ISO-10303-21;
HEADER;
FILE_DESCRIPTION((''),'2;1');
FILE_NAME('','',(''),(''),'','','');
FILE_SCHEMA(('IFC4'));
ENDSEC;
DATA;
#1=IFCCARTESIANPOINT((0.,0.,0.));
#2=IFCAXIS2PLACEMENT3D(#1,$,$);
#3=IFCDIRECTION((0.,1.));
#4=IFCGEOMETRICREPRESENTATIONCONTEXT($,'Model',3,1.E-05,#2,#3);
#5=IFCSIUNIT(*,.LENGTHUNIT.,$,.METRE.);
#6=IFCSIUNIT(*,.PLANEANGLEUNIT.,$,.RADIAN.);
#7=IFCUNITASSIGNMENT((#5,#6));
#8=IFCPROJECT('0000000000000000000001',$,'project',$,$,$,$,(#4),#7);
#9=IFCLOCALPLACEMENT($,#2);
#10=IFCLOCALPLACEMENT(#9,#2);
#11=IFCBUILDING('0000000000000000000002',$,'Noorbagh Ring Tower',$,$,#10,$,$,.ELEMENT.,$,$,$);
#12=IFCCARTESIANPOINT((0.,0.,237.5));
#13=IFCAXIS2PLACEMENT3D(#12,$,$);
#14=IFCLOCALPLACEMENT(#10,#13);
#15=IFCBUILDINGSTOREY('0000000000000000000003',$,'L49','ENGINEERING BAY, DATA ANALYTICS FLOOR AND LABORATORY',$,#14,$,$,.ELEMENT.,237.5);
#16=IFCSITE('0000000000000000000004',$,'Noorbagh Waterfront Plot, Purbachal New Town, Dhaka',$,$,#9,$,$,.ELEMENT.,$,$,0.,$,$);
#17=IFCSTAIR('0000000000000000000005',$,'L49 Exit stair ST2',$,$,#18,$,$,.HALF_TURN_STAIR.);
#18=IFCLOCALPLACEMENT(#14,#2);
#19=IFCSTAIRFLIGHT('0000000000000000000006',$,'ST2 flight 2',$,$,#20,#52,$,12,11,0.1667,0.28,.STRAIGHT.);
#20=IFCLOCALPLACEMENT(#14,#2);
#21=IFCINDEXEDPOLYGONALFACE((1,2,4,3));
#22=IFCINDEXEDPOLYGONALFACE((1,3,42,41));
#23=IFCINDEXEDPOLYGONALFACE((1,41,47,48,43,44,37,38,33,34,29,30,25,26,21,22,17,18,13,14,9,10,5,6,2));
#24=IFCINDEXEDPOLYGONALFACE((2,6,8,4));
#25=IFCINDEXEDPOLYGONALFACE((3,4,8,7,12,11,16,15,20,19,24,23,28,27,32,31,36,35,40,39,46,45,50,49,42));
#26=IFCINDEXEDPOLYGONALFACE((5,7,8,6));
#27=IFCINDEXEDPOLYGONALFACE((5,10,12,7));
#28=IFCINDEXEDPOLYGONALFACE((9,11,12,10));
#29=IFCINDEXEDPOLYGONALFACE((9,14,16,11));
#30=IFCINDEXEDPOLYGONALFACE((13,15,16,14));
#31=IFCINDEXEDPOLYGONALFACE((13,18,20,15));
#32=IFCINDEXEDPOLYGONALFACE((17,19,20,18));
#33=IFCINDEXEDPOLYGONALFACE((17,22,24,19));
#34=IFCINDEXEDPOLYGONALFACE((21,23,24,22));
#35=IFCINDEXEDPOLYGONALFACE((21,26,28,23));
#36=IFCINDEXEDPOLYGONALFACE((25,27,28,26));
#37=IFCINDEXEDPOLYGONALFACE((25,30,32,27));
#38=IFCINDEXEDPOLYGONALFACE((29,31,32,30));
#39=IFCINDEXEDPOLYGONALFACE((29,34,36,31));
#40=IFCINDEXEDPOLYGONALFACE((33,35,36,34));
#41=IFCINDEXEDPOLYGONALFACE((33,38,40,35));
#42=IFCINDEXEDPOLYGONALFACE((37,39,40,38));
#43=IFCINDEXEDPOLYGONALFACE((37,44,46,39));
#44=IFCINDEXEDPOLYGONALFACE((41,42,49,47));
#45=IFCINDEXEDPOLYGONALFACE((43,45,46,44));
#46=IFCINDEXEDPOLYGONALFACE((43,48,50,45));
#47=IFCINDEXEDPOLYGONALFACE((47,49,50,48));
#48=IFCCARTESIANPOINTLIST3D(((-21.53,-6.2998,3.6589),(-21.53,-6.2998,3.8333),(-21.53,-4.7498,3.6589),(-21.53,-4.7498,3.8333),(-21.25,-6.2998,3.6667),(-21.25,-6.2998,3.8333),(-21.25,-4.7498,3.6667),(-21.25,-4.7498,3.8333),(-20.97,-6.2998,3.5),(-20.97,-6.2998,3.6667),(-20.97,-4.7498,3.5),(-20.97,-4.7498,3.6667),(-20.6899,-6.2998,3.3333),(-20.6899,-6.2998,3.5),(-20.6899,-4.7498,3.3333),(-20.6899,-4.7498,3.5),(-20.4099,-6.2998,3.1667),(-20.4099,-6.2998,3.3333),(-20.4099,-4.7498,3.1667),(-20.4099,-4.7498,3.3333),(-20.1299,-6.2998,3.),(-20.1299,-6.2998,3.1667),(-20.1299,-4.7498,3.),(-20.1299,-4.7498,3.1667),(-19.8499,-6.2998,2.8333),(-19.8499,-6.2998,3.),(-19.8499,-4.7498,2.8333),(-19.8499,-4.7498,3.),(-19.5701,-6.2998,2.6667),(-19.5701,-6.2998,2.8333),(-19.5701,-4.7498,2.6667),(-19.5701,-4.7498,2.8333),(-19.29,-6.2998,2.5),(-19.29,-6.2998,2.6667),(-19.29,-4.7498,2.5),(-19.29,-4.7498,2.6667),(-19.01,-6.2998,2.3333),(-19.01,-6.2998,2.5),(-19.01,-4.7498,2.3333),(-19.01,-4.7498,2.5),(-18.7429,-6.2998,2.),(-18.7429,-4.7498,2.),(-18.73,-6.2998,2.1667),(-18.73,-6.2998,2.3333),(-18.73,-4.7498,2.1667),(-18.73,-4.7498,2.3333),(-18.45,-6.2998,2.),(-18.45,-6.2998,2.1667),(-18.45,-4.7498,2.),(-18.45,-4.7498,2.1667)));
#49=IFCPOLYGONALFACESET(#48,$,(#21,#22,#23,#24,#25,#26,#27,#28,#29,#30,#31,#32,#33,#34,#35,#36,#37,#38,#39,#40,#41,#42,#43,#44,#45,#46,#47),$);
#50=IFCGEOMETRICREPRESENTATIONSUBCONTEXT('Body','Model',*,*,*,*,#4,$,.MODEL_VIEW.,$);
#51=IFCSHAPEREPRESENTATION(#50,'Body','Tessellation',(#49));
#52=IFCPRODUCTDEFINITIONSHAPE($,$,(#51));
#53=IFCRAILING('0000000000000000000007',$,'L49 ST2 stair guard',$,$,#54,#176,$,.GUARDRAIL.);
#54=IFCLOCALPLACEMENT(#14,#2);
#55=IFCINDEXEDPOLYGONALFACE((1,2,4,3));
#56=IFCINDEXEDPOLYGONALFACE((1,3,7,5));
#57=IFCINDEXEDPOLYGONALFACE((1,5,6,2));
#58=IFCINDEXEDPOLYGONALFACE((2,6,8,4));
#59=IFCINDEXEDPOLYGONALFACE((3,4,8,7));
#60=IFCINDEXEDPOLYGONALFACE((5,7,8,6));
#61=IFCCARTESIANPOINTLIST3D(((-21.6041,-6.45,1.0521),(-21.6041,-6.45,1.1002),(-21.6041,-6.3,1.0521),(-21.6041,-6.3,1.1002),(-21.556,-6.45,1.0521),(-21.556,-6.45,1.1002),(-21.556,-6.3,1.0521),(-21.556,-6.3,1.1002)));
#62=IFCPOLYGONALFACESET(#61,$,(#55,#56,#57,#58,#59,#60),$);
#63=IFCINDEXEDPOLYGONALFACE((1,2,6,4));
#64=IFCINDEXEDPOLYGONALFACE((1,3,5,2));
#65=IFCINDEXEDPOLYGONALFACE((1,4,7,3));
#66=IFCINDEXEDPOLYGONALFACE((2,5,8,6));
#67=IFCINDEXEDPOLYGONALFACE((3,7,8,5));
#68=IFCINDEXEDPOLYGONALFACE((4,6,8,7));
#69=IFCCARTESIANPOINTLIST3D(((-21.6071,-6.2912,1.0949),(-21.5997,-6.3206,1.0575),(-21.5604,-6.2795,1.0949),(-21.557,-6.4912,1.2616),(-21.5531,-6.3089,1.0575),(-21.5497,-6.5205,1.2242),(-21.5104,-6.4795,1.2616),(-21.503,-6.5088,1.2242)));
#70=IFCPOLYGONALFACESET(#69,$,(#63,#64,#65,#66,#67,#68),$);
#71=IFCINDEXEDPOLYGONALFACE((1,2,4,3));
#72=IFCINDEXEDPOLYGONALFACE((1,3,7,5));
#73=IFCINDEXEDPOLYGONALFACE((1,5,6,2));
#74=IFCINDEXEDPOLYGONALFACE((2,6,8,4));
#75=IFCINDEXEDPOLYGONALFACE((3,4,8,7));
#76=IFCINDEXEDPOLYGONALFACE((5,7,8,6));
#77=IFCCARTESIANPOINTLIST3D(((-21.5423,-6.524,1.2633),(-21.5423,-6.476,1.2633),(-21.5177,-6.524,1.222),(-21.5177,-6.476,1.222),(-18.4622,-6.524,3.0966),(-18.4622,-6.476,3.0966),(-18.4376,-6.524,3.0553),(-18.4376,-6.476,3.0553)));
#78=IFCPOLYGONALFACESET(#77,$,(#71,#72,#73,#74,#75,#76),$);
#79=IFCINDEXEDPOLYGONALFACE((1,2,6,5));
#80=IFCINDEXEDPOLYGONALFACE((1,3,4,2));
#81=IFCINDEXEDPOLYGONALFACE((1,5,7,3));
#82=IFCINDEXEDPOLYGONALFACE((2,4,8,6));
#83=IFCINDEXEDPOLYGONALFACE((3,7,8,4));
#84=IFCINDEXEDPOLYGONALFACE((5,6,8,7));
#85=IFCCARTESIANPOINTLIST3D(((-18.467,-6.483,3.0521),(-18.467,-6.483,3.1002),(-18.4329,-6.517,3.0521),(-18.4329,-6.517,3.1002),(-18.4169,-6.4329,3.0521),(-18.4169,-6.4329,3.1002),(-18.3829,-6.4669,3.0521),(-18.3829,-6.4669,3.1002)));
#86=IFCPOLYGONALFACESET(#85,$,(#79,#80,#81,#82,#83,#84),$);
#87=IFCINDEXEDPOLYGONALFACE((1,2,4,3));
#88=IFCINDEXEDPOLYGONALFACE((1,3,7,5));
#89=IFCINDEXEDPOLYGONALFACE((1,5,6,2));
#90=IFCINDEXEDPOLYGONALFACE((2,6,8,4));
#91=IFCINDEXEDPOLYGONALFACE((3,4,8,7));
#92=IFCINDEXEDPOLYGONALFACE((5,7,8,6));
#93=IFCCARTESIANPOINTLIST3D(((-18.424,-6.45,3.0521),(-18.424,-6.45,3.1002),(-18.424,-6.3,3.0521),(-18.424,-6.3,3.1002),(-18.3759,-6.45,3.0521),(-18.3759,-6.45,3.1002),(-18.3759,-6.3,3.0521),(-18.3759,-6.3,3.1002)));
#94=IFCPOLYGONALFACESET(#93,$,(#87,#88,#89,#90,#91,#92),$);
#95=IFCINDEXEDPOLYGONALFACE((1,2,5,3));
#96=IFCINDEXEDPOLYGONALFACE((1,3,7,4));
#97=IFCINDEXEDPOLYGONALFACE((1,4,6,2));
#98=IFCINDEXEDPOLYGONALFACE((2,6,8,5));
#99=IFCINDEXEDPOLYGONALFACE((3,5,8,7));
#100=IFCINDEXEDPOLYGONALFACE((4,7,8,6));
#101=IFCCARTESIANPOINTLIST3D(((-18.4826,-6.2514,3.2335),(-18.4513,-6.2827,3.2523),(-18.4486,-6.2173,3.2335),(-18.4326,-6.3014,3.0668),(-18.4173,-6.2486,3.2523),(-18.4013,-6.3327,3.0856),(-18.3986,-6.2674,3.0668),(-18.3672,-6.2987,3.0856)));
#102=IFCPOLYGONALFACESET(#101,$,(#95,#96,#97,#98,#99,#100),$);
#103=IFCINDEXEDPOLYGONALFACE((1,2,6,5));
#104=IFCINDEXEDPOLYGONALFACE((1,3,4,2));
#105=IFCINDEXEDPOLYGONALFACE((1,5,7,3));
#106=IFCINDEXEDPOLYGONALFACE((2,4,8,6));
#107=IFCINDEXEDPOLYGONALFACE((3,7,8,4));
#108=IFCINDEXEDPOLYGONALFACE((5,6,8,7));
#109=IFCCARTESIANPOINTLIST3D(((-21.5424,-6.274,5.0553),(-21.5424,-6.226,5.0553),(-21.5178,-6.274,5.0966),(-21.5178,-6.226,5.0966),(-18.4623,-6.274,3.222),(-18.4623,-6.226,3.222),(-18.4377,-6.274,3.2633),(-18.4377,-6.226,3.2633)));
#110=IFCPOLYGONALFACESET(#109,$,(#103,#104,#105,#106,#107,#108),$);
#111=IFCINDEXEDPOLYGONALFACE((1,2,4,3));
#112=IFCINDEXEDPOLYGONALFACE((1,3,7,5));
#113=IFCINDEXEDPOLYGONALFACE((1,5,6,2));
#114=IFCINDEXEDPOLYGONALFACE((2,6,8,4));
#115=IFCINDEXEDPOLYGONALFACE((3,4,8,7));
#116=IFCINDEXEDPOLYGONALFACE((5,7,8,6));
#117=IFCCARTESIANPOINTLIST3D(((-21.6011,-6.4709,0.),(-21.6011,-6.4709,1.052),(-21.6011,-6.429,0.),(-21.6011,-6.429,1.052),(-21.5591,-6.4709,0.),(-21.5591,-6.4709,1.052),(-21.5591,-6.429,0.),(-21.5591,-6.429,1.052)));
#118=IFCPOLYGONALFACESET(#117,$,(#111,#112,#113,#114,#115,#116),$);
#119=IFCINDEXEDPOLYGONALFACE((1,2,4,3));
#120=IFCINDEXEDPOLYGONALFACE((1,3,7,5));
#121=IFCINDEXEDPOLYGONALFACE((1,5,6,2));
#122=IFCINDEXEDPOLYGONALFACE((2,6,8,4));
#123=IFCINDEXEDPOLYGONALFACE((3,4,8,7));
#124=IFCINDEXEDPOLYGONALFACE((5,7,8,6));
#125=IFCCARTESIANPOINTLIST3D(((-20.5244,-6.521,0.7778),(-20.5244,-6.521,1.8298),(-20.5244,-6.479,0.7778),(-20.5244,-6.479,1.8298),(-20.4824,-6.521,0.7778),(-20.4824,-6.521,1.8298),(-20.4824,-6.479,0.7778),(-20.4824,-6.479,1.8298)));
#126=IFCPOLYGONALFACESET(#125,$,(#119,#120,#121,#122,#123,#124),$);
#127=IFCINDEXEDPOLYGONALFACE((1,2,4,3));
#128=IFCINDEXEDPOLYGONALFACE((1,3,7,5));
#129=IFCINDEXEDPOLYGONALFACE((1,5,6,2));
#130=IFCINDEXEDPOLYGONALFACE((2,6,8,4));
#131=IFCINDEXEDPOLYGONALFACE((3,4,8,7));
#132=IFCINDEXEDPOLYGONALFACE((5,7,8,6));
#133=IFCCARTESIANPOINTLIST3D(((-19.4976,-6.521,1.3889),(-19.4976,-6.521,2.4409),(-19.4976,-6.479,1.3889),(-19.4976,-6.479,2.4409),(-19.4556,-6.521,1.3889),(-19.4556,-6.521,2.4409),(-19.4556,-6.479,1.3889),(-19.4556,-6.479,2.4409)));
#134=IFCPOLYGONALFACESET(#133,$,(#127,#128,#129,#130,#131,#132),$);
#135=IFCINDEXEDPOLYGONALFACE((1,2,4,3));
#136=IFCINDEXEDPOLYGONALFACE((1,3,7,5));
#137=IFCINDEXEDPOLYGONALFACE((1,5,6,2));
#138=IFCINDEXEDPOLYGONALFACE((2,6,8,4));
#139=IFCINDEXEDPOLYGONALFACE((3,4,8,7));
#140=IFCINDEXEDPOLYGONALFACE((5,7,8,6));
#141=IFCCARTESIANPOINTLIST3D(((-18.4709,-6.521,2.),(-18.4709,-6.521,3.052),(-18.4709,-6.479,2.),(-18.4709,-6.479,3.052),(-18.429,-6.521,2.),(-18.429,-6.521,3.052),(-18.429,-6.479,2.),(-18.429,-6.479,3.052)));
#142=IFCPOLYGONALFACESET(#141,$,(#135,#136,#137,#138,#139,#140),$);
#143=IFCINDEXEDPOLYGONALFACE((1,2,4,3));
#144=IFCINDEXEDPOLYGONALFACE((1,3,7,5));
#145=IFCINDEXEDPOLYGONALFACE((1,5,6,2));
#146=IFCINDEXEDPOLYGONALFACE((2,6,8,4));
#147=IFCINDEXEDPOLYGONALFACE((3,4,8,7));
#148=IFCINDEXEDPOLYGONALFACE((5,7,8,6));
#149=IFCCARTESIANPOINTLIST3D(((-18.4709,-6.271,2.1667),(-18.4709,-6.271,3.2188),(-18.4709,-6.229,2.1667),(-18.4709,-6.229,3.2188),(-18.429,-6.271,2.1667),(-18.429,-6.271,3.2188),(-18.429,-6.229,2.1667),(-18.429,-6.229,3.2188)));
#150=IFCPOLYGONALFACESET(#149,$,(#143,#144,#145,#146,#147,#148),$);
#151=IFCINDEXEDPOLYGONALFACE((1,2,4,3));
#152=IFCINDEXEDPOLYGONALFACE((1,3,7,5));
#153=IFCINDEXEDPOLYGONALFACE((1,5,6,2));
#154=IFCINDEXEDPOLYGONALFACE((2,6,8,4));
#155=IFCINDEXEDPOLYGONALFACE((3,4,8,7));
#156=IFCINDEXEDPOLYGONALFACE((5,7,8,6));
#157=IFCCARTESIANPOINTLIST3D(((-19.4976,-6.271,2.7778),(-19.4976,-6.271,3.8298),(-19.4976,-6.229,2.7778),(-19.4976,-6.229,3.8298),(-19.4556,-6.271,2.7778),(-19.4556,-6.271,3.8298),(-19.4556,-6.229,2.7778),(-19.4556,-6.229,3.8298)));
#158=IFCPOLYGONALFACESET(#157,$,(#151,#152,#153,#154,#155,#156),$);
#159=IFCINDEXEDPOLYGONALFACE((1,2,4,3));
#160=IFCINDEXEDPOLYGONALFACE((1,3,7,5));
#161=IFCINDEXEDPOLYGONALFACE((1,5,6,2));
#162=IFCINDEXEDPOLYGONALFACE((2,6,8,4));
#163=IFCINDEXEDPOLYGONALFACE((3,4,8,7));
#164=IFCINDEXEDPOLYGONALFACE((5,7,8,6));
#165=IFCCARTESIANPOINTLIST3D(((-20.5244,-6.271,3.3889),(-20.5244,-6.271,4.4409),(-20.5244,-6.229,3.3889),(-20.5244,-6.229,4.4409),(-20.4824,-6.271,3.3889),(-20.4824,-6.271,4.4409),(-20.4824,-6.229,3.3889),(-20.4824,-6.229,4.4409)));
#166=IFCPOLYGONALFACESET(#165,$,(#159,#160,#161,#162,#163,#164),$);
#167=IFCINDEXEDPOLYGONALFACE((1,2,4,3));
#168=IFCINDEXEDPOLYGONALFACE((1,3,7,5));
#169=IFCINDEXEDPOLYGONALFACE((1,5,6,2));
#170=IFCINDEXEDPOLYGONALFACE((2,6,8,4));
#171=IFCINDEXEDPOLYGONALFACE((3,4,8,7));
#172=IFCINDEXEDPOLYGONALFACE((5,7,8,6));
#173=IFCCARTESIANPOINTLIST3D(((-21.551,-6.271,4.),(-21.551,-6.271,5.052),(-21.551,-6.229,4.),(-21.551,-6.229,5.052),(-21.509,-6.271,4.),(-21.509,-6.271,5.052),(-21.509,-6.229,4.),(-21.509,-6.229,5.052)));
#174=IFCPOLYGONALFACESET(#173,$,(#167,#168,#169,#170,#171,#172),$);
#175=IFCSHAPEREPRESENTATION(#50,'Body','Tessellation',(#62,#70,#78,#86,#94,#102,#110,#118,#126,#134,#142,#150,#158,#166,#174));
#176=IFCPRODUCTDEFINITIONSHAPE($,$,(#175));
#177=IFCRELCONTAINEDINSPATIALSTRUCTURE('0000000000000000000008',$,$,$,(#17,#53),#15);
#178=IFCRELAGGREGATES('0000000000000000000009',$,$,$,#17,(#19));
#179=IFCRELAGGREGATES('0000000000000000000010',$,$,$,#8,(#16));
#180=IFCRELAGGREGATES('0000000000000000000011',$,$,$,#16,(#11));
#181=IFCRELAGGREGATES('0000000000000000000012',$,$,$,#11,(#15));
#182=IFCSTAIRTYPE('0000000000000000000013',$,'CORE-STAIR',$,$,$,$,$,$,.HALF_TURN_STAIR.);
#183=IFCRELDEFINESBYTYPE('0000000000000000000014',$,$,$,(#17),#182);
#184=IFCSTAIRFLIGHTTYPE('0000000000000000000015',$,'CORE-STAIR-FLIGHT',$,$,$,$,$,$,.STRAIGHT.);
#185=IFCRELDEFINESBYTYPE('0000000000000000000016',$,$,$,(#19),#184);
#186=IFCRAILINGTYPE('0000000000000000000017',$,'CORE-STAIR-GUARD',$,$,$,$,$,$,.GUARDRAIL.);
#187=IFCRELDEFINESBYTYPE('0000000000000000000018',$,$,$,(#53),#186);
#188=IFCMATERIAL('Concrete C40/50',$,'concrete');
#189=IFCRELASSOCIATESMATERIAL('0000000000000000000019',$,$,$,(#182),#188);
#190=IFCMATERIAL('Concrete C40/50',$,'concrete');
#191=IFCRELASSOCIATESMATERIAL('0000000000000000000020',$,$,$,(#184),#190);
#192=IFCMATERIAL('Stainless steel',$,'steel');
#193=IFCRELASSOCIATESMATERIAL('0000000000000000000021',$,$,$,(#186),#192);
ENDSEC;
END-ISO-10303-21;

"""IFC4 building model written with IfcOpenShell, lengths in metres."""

from ifc_helpers import new_model, si_unit, direction, frame, origin, origin_2d, place, context, subcontext, project, spatial, polyline, rectangle, outline, extrude, material, type_object, element, aggregate, save


model = new_model("IFC4")

# Units and contexts
model_context = context("Model", 3, precision=1e-05, world=origin(), true_north=direction((0.0, 1.0)))
body_context = subcontext(model_context, "Body", "Model", "MODEL_VIEW")
ifc_project = project(units=[si_unit("LENGTHUNIT", "METRE"), si_unit("PLANEANGLEUNIT", "RADIAN")], contexts=[model_context])

# Site, building, storey
site_placement = place(None, origin())
site = spatial("IfcSite", under=ifc_project, at=site_placement, Name="Noorbagh Waterfront Plot, Purbachal New Town, Dhaka", CompositionType="ELEMENT", RefElevation=0.0)
building_placement = place(site_placement, origin())
building = spatial("IfcBuilding", under=site, at=building_placement, Name="Noorbagh Ring Tower", CompositionType="ELEMENT")
storey_placement = place(building_placement, frame((0.0, 0.0, 237.5)))
storey = spatial("IfcBuildingStorey", under=building, at=storey_placement, Name="L49", Description="ENGINEERING BAY, DATA ANALYTICS FLOOR AND LABORATORY", CompositionType="ELEMENT", Elevation=237.5)

# Stair, stair flight
ifc_material_1 = material(Name="Concrete C40/50", Category="concrete")
stair_type = type_object("IfcStairType", Name="CORE-STAIR", PredefinedType="HALF_TURN_STAIR", material=ifc_material_1)
stair_placement = place(storey_placement, origin())
stair = element("IfcStair", 1, at=stair_placement, inside=storey, type_object=stair_type, Name="L49 Exit stair ST2", PredefinedType="HALF_TURN_STAIR")
ifc_material_2 = material(Name="Concrete C40/50", Category="concrete")
stair_flight_type = type_object("IfcStairFlightType", Name="CORE-STAIR-FLIGHT", PredefinedType="STRAIGHT", material=ifc_material_2)
stair_flight_1_placement = place(storey_placement, frame((-18.45, -5.5249, 2.0), z_axis=(0.0, 0.0, 1.0), x_axis=(-1.0, 0.0, 0.0)))
stair_flight_1 = element("IfcStairFlight", 2, at=stair_flight_1_placement, type_object=stair_flight_type, Name="ST2 flight 2", NumberOfRisers=12, NumberOfTreads=11, PredefinedType="STRAIGHT", RiserHeight=0.1667, TreadLength=0.28, context=body_context, shape_type="SweptSolid", body=[
    extrude(outline(polyline([(0.0, 0.0), (0.0, 0.1667), (0.28, 0.1667), (0.28, 0.3333), (0.5601, 0.3333), (0.5601, 0.5), (0.8401, 0.5), (0.8401, 0.6667), (1.1201, 0.6667), (1.1201, 0.8333), (1.3999, 0.8333), (1.3999, 1.0), (1.6799, 1.0), (1.6799, 1.1667), (1.96, 1.1667), (1.96, 1.3333), (2.24, 1.3333), (2.24, 1.5), (2.52, 1.5), (2.52, 1.6667), (2.8, 1.6667), (2.8, 1.8333), (3.0801, 1.8333), (3.0801, 2.0), (3.0801, 1.6589), (0.293, 0.0), (0.0, 0.0)])), frame((0.0, 0.7749, 0.0), z_axis=(0.0, -1.0, 0.0), x_axis=(1.0, 0.0, 0.0)), (0.0, 0.0, 1.0), 1.55),
])
aggregate(stair, [stair_flight_1])

# Railing
ifc_material_3 = material(Name="Stainless steel", Category="steel")
railing_type_1 = type_object("IfcRailingType", Name="CORE-STAIR-GUARD", PredefinedType="GUARDRAIL", material=ifc_material_3)
railing_1_placement = place(storey_placement, frame((-21.5801, -6.45, 0.0)))
element("IfcRailing", 3, at=railing_1_placement, inside=storey, type_object=railing_type_1, Name="L49 ST2 stair guard", PredefinedType="GUARDRAIL", context=body_context, shape_type="SweptSolid", body=[
    extrude(rectangle(XDim=0.0481, YDim=0.0481, at=origin_2d()), frame((0.0, 0.0, 1.0762), z_axis=(0.0, 1.0, 0.0), x_axis=(-1.0, 0.0, 0.0)), (0.0, 0.0, 1.0), 0.1499),
    extrude(rectangle(XDim=0.0481, YDim=0.0481, at=origin_2d()), frame((0.0, 0.1499, 1.0762), z_axis=(0.188776, -0.754182, 0.628946), x_axis=(0.970073, 0.242814, 0.0)), (0.0, 0.0, 1.0), 0.2651),
    extrude(rectangle(XDim=0.0481, YDim=0.0481, at=origin_2d()), frame((0.05, -0.05, 1.2427), z_axis=(0.859309, 0.0, 0.511458), x_axis=(0.0, 1.0, 0.0)), (0.0, 0.0, 1.0), 3.5845),
    extrude(rectangle(XDim=0.0481, YDim=0.0481, at=origin_2d()), frame((3.1301, -0.05, 3.0762), z_axis=(0.707107, 0.707107, 0.0), x_axis=(-0.707107, 0.707107, 0.0)), (0.0, 0.0, 1.0), 0.0708),
    extrude(rectangle(XDim=0.0481, YDim=0.0481, at=origin_2d()), frame((3.1802, 0.0, 3.0762), z_axis=(0.0, 1.0, 0.0), x_axis=(-1.0, 0.0, 0.0)), (0.0, 0.0, 1.0), 0.1499),
    extrude(rectangle(XDim=0.0481, YDim=0.0481, at=origin_2d()), frame((3.1802, 0.1499, 3.0762), z_axis=(-0.276287, 0.276287, 0.920506), x_axis=(-0.707107, -0.707107, 0.0)), (0.0, 0.0, 1.0), 0.1812),
    extrude(rectangle(XDim=0.0481, YDim=0.0481, at=origin_2d()), frame((3.1301, 0.2, 3.2427), z_axis=(-0.859309, 0.0, 0.511458), x_axis=(0.0, -1.0, 0.0)), (0.0, 0.0, 1.0), 3.5845),
    extrude(rectangle(XDim=0.042, YDim=0.042, at=origin_2d()), origin(), (0.0, 0.0, 1.0), 1.052),
    extrude(rectangle(XDim=0.042, YDim=0.042, at=origin_2d()), frame((1.0767, -0.05, 0.7778)), (0.0, 0.0, 1.0), 1.052),
    extrude(rectangle(XDim=0.042, YDim=0.042, at=origin_2d()), frame((2.1035, -0.05, 1.3889)), (0.0, 0.0, 1.0), 1.052),
    extrude(rectangle(XDim=0.042, YDim=0.042, at=origin_2d()), frame((3.1301, -0.05, 2.0)), (0.0, 0.0, 1.0), 1.052),
    extrude(rectangle(XDim=0.042, YDim=0.042, at=origin_2d()), frame((3.1301, 0.2, 2.1667)), (0.0, 0.0, 1.0), 1.052),
    extrude(rectangle(XDim=0.042, YDim=0.042, at=origin_2d()), frame((2.1035, 0.2, 2.7778)), (0.0, 0.0, 1.0), 1.052),
    extrude(rectangle(XDim=0.042, YDim=0.042, at=origin_2d()), frame((1.0767, 0.2, 3.3889)), (0.0, 0.0, 1.0), 1.052),
    extrude(rectangle(XDim=0.042, YDim=0.042, at=origin_2d()), frame((0.05, 0.2, 4.0)), (0.0, 0.0, 1.0), 1.052),
])

save(model, "model.ifc")
